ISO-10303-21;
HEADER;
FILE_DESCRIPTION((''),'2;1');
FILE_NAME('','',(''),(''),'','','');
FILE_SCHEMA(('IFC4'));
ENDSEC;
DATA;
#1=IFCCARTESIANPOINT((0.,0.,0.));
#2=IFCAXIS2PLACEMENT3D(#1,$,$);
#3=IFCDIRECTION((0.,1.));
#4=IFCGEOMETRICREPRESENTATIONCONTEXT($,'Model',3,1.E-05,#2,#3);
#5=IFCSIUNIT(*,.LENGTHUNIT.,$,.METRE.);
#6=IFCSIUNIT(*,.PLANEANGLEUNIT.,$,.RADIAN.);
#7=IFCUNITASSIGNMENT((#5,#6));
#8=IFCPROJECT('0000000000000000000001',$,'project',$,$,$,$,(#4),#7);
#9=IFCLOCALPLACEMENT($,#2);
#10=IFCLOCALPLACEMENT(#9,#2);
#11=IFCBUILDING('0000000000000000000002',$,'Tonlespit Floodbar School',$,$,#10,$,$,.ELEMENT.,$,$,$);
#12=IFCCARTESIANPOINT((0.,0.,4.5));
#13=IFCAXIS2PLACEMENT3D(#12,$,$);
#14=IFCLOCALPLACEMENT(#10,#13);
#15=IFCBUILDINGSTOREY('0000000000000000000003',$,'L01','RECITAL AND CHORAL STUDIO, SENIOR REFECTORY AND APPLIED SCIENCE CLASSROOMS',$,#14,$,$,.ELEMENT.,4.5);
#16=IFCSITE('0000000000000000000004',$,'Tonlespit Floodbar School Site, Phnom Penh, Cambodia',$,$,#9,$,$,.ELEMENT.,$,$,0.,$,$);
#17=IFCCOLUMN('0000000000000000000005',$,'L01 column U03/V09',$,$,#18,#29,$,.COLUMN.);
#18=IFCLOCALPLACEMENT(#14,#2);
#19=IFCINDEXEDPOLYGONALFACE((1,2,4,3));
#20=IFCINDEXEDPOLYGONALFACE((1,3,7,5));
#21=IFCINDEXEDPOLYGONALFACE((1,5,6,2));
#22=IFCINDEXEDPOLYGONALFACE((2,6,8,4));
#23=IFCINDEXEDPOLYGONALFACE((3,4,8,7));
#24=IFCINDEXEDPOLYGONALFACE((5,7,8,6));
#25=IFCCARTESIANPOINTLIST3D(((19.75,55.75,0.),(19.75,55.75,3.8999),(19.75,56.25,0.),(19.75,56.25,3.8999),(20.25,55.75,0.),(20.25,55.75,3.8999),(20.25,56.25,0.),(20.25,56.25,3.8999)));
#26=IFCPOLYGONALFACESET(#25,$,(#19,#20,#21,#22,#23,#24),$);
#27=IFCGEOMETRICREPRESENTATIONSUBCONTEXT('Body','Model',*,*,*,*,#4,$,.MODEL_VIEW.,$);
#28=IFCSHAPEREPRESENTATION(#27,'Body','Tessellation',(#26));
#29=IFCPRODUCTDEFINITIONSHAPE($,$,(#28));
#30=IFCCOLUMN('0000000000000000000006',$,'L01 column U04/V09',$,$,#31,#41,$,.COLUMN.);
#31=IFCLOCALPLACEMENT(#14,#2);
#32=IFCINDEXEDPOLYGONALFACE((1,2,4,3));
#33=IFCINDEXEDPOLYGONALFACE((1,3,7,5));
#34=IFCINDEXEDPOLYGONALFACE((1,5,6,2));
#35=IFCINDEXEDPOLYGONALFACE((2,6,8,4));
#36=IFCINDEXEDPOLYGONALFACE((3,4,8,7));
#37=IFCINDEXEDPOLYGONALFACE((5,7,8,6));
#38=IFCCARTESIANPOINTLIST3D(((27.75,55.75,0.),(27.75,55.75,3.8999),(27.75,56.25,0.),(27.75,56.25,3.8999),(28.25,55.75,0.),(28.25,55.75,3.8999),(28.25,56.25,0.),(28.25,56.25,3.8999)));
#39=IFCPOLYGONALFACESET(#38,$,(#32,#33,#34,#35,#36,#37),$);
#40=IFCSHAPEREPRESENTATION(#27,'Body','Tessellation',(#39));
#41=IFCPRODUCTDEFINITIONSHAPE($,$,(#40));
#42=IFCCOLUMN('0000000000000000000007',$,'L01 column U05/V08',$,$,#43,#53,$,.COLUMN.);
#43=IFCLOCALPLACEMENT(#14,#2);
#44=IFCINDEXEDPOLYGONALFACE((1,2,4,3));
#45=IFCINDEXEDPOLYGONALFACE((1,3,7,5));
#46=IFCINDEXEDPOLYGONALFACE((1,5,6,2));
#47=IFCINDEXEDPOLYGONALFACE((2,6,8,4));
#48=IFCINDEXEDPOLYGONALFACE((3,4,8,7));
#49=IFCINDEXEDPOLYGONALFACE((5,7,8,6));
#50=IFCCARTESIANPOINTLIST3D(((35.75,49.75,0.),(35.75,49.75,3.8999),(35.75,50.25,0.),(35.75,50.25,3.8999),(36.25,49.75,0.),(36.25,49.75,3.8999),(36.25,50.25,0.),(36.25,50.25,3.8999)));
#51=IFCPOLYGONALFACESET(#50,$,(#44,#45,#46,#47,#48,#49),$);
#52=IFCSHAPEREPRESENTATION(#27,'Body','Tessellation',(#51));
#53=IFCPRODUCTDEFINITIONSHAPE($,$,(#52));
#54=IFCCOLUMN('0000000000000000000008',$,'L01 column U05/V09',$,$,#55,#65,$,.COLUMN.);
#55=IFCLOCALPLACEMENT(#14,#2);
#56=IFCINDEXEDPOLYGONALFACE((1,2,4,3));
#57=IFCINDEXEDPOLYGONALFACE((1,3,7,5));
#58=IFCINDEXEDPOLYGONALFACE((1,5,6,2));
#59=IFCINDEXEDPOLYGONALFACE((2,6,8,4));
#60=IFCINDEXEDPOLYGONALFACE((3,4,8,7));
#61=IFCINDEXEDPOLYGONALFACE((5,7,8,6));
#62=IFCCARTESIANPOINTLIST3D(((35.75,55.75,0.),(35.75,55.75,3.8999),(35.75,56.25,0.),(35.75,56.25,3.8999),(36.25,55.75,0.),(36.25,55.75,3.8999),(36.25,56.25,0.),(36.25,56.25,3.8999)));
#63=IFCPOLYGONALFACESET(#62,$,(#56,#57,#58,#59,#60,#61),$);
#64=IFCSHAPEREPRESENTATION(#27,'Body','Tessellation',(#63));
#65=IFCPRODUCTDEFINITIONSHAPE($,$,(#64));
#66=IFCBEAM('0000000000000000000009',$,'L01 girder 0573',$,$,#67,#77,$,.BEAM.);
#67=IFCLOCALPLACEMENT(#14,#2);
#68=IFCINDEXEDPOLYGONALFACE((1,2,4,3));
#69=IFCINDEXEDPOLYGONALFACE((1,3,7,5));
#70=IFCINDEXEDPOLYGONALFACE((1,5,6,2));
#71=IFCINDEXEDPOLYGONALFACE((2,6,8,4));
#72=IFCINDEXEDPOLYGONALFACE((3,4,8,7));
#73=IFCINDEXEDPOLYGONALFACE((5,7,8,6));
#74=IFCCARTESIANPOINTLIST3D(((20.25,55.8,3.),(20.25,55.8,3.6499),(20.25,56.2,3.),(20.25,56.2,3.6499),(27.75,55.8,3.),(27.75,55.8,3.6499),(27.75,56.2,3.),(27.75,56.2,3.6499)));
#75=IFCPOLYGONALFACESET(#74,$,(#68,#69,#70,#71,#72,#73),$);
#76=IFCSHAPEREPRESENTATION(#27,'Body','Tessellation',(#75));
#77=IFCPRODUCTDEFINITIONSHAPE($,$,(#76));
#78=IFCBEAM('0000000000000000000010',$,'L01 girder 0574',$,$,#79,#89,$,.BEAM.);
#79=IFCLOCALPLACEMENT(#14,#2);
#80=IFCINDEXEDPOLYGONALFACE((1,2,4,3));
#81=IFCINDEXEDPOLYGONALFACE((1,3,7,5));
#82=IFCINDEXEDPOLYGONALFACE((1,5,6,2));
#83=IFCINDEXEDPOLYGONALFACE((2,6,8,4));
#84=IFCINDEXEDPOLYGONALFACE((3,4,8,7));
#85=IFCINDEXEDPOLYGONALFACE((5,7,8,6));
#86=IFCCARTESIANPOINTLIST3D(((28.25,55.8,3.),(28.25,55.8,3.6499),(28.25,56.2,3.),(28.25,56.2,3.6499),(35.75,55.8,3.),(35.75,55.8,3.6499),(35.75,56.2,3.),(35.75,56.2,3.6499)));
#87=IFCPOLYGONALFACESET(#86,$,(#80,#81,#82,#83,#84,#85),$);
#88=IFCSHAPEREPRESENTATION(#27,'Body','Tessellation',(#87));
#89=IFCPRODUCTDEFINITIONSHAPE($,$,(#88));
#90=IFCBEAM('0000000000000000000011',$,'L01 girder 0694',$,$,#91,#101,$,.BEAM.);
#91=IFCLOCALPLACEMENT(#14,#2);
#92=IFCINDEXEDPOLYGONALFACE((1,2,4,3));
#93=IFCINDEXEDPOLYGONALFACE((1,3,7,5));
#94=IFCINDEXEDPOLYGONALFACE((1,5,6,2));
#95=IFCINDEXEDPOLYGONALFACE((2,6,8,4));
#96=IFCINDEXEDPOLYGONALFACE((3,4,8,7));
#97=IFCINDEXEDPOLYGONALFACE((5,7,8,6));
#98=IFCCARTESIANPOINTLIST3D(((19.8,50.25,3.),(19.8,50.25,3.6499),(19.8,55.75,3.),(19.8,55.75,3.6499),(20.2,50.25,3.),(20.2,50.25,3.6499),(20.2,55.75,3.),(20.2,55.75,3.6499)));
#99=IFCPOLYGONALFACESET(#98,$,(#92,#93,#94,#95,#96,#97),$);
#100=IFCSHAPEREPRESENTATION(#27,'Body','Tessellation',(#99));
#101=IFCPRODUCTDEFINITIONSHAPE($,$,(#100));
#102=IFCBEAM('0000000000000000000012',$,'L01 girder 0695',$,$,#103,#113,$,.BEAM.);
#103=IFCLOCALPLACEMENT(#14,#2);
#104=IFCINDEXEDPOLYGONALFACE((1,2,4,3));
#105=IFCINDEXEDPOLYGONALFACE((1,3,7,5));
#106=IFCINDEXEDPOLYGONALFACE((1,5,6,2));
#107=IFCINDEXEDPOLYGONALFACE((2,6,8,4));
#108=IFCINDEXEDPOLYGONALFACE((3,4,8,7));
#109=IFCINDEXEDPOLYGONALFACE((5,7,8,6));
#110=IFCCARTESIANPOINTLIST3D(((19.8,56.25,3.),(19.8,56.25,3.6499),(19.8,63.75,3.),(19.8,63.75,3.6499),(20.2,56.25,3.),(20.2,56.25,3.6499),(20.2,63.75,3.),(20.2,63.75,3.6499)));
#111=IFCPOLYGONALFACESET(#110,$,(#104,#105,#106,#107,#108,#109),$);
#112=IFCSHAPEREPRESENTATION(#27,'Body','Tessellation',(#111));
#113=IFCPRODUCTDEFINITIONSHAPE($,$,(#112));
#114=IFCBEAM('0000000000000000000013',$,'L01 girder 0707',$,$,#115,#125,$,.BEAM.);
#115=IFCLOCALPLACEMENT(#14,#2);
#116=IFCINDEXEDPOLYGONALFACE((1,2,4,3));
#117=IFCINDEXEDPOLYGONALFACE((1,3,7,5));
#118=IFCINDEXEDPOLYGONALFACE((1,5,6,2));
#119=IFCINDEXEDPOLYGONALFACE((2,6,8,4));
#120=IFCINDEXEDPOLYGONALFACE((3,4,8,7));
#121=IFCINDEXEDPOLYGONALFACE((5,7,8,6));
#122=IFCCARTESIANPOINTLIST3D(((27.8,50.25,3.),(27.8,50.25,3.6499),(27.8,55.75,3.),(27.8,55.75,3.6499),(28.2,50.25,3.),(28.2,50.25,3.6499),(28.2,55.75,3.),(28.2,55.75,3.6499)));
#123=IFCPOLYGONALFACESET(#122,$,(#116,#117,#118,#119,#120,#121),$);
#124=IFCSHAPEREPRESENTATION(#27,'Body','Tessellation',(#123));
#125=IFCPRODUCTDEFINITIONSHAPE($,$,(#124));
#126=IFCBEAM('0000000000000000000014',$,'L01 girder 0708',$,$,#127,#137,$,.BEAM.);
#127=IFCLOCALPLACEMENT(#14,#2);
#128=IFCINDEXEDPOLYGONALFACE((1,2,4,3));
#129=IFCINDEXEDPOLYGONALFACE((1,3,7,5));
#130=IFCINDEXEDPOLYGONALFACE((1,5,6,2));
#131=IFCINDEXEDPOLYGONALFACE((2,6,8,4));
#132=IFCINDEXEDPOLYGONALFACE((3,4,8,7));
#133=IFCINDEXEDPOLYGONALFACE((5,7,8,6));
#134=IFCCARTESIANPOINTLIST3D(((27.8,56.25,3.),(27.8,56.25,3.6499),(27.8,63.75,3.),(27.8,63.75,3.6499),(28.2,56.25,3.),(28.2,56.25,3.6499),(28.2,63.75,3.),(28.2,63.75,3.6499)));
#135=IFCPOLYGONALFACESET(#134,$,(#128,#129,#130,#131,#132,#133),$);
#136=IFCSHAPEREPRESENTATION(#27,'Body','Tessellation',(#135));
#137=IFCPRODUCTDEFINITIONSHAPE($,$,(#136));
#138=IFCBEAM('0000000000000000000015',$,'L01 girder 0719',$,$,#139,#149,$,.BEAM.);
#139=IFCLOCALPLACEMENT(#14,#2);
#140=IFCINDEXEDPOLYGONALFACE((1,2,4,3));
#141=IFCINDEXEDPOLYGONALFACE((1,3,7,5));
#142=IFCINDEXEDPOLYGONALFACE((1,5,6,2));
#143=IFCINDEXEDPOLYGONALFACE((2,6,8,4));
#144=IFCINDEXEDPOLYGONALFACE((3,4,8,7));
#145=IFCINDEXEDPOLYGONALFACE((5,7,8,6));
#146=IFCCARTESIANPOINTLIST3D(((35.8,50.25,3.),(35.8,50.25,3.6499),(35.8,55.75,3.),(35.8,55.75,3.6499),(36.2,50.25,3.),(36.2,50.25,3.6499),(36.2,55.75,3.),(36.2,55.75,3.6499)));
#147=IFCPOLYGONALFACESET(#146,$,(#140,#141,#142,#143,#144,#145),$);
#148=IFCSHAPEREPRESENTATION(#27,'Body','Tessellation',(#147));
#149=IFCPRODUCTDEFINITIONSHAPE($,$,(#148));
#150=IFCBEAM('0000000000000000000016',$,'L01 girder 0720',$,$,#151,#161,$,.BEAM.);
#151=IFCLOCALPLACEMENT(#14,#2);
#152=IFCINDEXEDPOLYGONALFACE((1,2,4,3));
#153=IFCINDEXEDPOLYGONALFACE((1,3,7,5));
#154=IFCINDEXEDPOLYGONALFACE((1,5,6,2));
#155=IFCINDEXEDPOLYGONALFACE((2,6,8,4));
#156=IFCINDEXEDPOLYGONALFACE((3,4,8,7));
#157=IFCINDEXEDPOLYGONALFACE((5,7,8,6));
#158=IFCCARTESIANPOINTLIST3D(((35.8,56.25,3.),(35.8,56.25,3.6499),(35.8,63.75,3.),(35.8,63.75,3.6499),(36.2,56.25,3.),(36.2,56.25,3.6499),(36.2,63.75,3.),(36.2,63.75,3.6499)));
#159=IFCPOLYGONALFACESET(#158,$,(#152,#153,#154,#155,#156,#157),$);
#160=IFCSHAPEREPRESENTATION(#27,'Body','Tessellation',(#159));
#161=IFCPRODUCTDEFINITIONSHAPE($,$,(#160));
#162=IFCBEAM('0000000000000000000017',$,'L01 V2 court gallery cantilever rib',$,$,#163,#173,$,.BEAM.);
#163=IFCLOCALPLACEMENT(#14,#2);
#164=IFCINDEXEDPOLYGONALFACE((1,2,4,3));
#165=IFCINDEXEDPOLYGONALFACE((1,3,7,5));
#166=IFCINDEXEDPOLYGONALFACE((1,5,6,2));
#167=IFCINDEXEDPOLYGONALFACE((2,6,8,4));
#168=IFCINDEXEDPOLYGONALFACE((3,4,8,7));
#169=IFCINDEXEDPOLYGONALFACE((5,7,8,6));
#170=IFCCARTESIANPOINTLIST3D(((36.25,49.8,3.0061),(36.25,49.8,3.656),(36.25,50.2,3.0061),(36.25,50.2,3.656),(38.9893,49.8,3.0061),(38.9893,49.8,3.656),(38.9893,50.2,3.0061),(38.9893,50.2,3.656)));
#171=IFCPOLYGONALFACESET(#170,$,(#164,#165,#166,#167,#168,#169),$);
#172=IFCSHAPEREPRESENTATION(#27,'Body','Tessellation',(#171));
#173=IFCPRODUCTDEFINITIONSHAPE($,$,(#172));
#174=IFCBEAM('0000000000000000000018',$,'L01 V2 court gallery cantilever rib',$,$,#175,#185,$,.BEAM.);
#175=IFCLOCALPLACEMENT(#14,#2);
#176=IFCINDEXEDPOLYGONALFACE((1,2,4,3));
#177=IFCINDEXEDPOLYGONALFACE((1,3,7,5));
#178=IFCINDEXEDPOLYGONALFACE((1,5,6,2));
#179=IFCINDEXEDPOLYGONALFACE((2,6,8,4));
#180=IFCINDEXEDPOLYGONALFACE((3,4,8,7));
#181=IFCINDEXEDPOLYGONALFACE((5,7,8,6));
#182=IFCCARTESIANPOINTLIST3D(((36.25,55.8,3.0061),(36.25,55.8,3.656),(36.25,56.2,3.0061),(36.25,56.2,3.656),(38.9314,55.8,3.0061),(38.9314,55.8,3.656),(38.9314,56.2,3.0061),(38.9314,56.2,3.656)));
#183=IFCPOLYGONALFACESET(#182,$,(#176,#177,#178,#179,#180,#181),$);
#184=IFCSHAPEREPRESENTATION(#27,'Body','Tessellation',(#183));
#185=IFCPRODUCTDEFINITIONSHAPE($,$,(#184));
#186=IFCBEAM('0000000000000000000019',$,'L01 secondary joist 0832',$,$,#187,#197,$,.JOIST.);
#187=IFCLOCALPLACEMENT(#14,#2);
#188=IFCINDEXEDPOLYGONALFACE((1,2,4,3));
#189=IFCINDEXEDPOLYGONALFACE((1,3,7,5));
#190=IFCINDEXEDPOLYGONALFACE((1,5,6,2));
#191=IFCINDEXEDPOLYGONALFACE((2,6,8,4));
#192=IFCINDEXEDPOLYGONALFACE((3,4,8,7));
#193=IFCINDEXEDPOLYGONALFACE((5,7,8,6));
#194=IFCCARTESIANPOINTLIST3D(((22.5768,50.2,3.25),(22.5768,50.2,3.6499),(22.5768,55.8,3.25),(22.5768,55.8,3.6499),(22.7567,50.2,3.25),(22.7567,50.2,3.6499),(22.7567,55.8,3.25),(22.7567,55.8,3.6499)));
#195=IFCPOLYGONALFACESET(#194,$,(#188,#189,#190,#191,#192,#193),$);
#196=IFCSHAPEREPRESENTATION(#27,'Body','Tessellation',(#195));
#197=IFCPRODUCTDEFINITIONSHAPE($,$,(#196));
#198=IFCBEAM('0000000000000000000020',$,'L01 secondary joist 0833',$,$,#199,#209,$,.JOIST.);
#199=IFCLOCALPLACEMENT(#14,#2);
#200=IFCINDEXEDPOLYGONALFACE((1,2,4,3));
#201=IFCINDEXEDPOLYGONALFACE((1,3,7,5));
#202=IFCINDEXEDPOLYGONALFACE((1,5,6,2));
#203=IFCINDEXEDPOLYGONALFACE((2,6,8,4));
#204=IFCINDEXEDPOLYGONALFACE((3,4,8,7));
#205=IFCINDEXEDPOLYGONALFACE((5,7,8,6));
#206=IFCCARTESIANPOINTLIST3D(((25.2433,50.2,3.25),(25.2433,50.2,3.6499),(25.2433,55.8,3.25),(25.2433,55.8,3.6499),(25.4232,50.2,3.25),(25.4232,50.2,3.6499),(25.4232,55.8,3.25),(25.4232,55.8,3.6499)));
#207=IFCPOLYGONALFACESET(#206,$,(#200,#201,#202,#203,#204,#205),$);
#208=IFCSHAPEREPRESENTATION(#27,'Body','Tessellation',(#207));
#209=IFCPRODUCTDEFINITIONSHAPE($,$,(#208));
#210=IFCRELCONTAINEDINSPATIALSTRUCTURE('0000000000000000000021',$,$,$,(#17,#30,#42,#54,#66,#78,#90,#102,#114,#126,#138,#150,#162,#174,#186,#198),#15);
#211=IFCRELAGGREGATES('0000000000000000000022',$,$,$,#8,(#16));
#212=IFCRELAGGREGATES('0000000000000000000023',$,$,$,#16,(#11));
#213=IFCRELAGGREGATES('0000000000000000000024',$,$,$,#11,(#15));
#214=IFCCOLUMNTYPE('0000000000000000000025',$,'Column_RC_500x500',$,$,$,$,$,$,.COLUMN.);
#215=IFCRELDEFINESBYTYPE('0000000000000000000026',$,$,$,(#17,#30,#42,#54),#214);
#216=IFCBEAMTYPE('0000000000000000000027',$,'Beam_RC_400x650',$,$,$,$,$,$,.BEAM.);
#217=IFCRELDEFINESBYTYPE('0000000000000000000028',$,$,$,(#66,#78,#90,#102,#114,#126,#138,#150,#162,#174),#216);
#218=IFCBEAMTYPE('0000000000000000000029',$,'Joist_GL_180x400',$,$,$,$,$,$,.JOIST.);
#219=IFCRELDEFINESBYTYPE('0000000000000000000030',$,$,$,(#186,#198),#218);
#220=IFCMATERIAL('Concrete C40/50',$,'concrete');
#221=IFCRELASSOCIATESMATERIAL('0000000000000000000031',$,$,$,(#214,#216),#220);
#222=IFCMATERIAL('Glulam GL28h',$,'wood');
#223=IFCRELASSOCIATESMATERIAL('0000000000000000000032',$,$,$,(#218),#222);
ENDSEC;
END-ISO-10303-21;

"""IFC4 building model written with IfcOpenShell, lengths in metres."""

from ifc_helpers import new_model, si_unit, direction, frame, origin, origin_2d, place, context, subcontext, project, spatial, rectangle, extrude, material, material_profile, profile_set, type_object, element, save


model = new_model("IFC4")

# Units and contexts
model_context = context("Model", 3, precision=1e-05, world=origin(), true_north=direction((0.0, 1.0)))
body_context = subcontext(model_context, "Body", "Model", "MODEL_VIEW")
ifc_project = project(units=[si_unit("LENGTHUNIT", "METRE"), si_unit("PLANEANGLEUNIT", "RADIAN")], contexts=[model_context])

# Site, building, storey
site_placement = place(None, origin())
site = spatial("IfcSite", under=ifc_project, at=site_placement, Name="Tonlespit Floodbar School Site, Phnom Penh, Cambodia", CompositionType="ELEMENT", RefElevation=0.0)
building_placement = place(site_placement, origin())
building = spatial("IfcBuilding", under=site, at=building_placement, Name="Tonlespit Floodbar School", CompositionType="ELEMENT")
storey_placement = place(building_placement, frame((0.0, 0.0, 4.5)))
storey = spatial("IfcBuildingStorey", under=building, at=storey_placement, Name="L01", Description="RECITAL AND CHORAL STUDIO, SENIOR REFECTORY AND APPLIED SCIENCE CLASSROOMS", CompositionType="ELEMENT", Elevation=4.5)

# Columns
ifc_material_1 = material(Name="Concrete C40/50", Category="concrete")
ifc_material_profile_1 = material_profile(ifc_material_1, rectangle(XDim=0.5, YDim=0.5, at=origin_2d()), Name="RC 500x500")
ifc_profile_set_1 = profile_set([ifc_material_profile_1], Name="Concrete C40/50")
column_type = type_object("IfcColumnType", Name="Column_RC_500x500", PredefinedType="COLUMN", material=ifc_profile_set_1)
for number, where, z_axis, x_axis, name in (
    (1, (20.0, 56.0, 0.0), (0.0, 0.0, 1.0), (1.0, 0.0, 0.0), "L01 column U03/V09"),
    (2, (28.0, 56.0, 0.0), (0.0, 0.0, 1.0), (1.0, 0.0, 0.0), "L01 column U04/V09"),
    (3, (36.0, 50.0, 0.0), (0.0, 0.0, 1.0), (1.0, 0.0, 0.0), "L01 column U05/V08"),
    (4, (36.0, 56.0, 0.0), (0.0, 0.0, 1.0), (1.0, 0.0, 0.0), "L01 column U05/V09"),
):
    element("IfcColumn", number, at=place(storey_placement, frame(where, z_axis=z_axis, x_axis=x_axis)), inside=storey, type_object=column_type, Name=name, PredefinedType="COLUMN", context=body_context, shape_type="SweptSolid", body=[
        extrude(rectangle(XDim=0.5, YDim=0.5, at=origin_2d()), origin(), (0.0, 0.0, 1.0), 3.8999),
    ])

# Beams
ifc_material_profile_2 = material_profile(ifc_material_1, rectangle(XDim=0.3999, YDim=0.6499, at=origin_2d()), Name="RC 400x650")
ifc_profile_set_2 = profile_set([ifc_material_profile_2], Name="Concrete C40/50")
beam_type_1 = type_object("IfcBeamType", Name="Beam_RC_400x650", PredefinedType="BEAM", material=ifc_profile_set_2)
for number, where, z_axis, x_axis, name in (
    (5, (20.25, 56.0, 3.325), (1.0, 0.0, 0.0), (0.0, 1.0, 0.0), "L01 girder 0573"),
    (6, (28.25, 56.0, 3.325), (1.0, 0.0, 0.0), (0.0, 1.0, 0.0), "L01 girder 0574"),
):
    element("IfcBeam", number, at=place(storey_placement, frame(where, z_axis=z_axis, x_axis=x_axis)), inside=storey, type_object=beam_type_1, Name=name, PredefinedType="BEAM", context=body_context, shape_type="SweptSolid", body=[
        extrude(rectangle(XDim=0.3999, YDim=0.6499, at=origin_2d()), origin(), (0.0, 0.0, 1.0), 7.5),
    ])
beam_1_placement = place(storey_placement, frame((20.0, 50.25, 3.325), z_axis=(0.0, 1.0, 0.0), x_axis=(-1.0, 0.0, 0.0)))
element("IfcBeam", 7, at=beam_1_placement, inside=storey, type_object=beam_type_1, Name="L01 girder 0694", PredefinedType="BEAM", context=body_context, shape_type="SweptSolid", body=[
    extrude(rectangle(XDim=0.3999, YDim=0.6499, at=origin_2d()), origin(), (0.0, 0.0, 1.0), 5.5),
])
beam_2_placement = place(storey_placement, frame((20.0, 56.25, 3.325), z_axis=(0.0, 1.0, 0.0), x_axis=(-1.0, 0.0, 0.0)))
element("IfcBeam", 8, at=beam_2_placement, inside=storey, type_object=beam_type_1, Name="L01 girder 0695", PredefinedType="BEAM", context=body_context, shape_type="SweptSolid", body=[
    extrude(rectangle(XDim=0.3999, YDim=0.6499, at=origin_2d()), origin(), (0.0, 0.0, 1.0), 7.5),
])
beam_3_placement = place(storey_placement, frame((28.0, 50.25, 3.325), z_axis=(0.0, 1.0, 0.0), x_axis=(-1.0, 0.0, 0.0)))
element("IfcBeam", 9, at=beam_3_placement, inside=storey, type_object=beam_type_1, Name="L01 girder 0707", PredefinedType="BEAM", context=body_context, shape_type="SweptSolid", body=[
    extrude(rectangle(XDim=0.3999, YDim=0.6499, at=origin_2d()), origin(), (0.0, 0.0, 1.0), 5.5),
])
beam_4_placement = place(storey_placement, frame((28.0, 56.25, 3.325), z_axis=(0.0, 1.0, 0.0), x_axis=(-1.0, 0.0, 0.0)))
element("IfcBeam", 10, at=beam_4_placement, inside=storey, type_object=beam_type_1, Name="L01 girder 0708", PredefinedType="BEAM", context=body_context, shape_type="SweptSolid", body=[
    extrude(rectangle(XDim=0.3999, YDim=0.6499, at=origin_2d()), origin(), (0.0, 0.0, 1.0), 7.5),
])
beam_5_placement = place(storey_placement, frame((36.0, 50.25, 3.325), z_axis=(0.0, 1.0, 0.0), x_axis=(-1.0, 0.0, 0.0)))
element("IfcBeam", 11, at=beam_5_placement, inside=storey, type_object=beam_type_1, Name="L01 girder 0719", PredefinedType="BEAM", context=body_context, shape_type="SweptSolid", body=[
    extrude(rectangle(XDim=0.3999, YDim=0.6499, at=origin_2d()), origin(), (0.0, 0.0, 1.0), 5.5),
])
beam_6_placement = place(storey_placement, frame((36.0, 56.25, 3.325), z_axis=(0.0, 1.0, 0.0), x_axis=(-1.0, 0.0, 0.0)))
element("IfcBeam", 12, at=beam_6_placement, inside=storey, type_object=beam_type_1, Name="L01 girder 0720", PredefinedType="BEAM", context=body_context, shape_type="SweptSolid", body=[
    extrude(rectangle(XDim=0.3999, YDim=0.6499, at=origin_2d()), origin(), (0.0, 0.0, 1.0), 7.5),
])
beam_7_placement = place(storey_placement, frame((36.25, 50.0, 3.3311), z_axis=(1.0, 0.0, 0.0), x_axis=(0.0, 1.0, 0.0)))
element("IfcBeam", 13, at=beam_7_placement, inside=storey, type_object=beam_type_1, Name="L01 V2 court gallery cantilever rib", PredefinedType="BEAM", context=body_context, shape_type="SweptSolid", body=[
    extrude(rectangle(XDim=0.3999, YDim=0.6499, at=origin_2d()), origin(), (0.0, 0.0, 1.0), 2.7393),
])
beam_8_placement = place(storey_placement, frame((36.25, 56.0, 3.3311), z_axis=(1.0, 0.0, 0.0), x_axis=(0.0, 1.0, 0.0)))
element("IfcBeam", 14, at=beam_8_placement, inside=storey, type_object=beam_type_1, Name="L01 V2 court gallery cantilever rib", PredefinedType="BEAM", context=body_context, shape_type="SweptSolid", body=[
    extrude(rectangle(XDim=0.3999, YDim=0.6499, at=origin_2d()), origin(), (0.0, 0.0, 1.0), 2.6814),
])
ifc_material_2 = material(Name="Glulam GL28h", Category="wood")
ifc_material_profile_3 = material_profile(ifc_material_2, rectangle(XDim=0.1799, YDim=0.3999, at=origin_2d()), Name="GL 180x400")
ifc_profile_set_3 = profile_set([ifc_material_profile_3], Name="Glulam GL28h")
beam_type_2 = type_object("IfcBeamType", Name="Joist_GL_180x400", PredefinedType="JOIST", material=ifc_profile_set_3)
for number, where, z_axis, x_axis, name in (
    (15, (22.6667, 50.2, 3.45), (0.0, 1.0, 0.0), (-1.0, 0.0, 0.0), "L01 secondary joist 0832"),
    (16, (25.3333, 50.2, 3.45), (0.0, 1.0, 0.0), (-1.0, 0.0, 0.0), "L01 secondary joist 0833"),
):
    element("IfcBeam", number, at=place(storey_placement, frame(where, z_axis=z_axis, x_axis=x_axis)), inside=storey, type_object=beam_type_2, Name=name, PredefinedType="JOIST", context=body_context, shape_type="SweptSolid", body=[
        extrude(rectangle(XDim=0.1799, YDim=0.3999, at=origin_2d()), origin(), (0.0, 0.0, 1.0), 5.6001),
    ])

save(model, "model.ifc")
